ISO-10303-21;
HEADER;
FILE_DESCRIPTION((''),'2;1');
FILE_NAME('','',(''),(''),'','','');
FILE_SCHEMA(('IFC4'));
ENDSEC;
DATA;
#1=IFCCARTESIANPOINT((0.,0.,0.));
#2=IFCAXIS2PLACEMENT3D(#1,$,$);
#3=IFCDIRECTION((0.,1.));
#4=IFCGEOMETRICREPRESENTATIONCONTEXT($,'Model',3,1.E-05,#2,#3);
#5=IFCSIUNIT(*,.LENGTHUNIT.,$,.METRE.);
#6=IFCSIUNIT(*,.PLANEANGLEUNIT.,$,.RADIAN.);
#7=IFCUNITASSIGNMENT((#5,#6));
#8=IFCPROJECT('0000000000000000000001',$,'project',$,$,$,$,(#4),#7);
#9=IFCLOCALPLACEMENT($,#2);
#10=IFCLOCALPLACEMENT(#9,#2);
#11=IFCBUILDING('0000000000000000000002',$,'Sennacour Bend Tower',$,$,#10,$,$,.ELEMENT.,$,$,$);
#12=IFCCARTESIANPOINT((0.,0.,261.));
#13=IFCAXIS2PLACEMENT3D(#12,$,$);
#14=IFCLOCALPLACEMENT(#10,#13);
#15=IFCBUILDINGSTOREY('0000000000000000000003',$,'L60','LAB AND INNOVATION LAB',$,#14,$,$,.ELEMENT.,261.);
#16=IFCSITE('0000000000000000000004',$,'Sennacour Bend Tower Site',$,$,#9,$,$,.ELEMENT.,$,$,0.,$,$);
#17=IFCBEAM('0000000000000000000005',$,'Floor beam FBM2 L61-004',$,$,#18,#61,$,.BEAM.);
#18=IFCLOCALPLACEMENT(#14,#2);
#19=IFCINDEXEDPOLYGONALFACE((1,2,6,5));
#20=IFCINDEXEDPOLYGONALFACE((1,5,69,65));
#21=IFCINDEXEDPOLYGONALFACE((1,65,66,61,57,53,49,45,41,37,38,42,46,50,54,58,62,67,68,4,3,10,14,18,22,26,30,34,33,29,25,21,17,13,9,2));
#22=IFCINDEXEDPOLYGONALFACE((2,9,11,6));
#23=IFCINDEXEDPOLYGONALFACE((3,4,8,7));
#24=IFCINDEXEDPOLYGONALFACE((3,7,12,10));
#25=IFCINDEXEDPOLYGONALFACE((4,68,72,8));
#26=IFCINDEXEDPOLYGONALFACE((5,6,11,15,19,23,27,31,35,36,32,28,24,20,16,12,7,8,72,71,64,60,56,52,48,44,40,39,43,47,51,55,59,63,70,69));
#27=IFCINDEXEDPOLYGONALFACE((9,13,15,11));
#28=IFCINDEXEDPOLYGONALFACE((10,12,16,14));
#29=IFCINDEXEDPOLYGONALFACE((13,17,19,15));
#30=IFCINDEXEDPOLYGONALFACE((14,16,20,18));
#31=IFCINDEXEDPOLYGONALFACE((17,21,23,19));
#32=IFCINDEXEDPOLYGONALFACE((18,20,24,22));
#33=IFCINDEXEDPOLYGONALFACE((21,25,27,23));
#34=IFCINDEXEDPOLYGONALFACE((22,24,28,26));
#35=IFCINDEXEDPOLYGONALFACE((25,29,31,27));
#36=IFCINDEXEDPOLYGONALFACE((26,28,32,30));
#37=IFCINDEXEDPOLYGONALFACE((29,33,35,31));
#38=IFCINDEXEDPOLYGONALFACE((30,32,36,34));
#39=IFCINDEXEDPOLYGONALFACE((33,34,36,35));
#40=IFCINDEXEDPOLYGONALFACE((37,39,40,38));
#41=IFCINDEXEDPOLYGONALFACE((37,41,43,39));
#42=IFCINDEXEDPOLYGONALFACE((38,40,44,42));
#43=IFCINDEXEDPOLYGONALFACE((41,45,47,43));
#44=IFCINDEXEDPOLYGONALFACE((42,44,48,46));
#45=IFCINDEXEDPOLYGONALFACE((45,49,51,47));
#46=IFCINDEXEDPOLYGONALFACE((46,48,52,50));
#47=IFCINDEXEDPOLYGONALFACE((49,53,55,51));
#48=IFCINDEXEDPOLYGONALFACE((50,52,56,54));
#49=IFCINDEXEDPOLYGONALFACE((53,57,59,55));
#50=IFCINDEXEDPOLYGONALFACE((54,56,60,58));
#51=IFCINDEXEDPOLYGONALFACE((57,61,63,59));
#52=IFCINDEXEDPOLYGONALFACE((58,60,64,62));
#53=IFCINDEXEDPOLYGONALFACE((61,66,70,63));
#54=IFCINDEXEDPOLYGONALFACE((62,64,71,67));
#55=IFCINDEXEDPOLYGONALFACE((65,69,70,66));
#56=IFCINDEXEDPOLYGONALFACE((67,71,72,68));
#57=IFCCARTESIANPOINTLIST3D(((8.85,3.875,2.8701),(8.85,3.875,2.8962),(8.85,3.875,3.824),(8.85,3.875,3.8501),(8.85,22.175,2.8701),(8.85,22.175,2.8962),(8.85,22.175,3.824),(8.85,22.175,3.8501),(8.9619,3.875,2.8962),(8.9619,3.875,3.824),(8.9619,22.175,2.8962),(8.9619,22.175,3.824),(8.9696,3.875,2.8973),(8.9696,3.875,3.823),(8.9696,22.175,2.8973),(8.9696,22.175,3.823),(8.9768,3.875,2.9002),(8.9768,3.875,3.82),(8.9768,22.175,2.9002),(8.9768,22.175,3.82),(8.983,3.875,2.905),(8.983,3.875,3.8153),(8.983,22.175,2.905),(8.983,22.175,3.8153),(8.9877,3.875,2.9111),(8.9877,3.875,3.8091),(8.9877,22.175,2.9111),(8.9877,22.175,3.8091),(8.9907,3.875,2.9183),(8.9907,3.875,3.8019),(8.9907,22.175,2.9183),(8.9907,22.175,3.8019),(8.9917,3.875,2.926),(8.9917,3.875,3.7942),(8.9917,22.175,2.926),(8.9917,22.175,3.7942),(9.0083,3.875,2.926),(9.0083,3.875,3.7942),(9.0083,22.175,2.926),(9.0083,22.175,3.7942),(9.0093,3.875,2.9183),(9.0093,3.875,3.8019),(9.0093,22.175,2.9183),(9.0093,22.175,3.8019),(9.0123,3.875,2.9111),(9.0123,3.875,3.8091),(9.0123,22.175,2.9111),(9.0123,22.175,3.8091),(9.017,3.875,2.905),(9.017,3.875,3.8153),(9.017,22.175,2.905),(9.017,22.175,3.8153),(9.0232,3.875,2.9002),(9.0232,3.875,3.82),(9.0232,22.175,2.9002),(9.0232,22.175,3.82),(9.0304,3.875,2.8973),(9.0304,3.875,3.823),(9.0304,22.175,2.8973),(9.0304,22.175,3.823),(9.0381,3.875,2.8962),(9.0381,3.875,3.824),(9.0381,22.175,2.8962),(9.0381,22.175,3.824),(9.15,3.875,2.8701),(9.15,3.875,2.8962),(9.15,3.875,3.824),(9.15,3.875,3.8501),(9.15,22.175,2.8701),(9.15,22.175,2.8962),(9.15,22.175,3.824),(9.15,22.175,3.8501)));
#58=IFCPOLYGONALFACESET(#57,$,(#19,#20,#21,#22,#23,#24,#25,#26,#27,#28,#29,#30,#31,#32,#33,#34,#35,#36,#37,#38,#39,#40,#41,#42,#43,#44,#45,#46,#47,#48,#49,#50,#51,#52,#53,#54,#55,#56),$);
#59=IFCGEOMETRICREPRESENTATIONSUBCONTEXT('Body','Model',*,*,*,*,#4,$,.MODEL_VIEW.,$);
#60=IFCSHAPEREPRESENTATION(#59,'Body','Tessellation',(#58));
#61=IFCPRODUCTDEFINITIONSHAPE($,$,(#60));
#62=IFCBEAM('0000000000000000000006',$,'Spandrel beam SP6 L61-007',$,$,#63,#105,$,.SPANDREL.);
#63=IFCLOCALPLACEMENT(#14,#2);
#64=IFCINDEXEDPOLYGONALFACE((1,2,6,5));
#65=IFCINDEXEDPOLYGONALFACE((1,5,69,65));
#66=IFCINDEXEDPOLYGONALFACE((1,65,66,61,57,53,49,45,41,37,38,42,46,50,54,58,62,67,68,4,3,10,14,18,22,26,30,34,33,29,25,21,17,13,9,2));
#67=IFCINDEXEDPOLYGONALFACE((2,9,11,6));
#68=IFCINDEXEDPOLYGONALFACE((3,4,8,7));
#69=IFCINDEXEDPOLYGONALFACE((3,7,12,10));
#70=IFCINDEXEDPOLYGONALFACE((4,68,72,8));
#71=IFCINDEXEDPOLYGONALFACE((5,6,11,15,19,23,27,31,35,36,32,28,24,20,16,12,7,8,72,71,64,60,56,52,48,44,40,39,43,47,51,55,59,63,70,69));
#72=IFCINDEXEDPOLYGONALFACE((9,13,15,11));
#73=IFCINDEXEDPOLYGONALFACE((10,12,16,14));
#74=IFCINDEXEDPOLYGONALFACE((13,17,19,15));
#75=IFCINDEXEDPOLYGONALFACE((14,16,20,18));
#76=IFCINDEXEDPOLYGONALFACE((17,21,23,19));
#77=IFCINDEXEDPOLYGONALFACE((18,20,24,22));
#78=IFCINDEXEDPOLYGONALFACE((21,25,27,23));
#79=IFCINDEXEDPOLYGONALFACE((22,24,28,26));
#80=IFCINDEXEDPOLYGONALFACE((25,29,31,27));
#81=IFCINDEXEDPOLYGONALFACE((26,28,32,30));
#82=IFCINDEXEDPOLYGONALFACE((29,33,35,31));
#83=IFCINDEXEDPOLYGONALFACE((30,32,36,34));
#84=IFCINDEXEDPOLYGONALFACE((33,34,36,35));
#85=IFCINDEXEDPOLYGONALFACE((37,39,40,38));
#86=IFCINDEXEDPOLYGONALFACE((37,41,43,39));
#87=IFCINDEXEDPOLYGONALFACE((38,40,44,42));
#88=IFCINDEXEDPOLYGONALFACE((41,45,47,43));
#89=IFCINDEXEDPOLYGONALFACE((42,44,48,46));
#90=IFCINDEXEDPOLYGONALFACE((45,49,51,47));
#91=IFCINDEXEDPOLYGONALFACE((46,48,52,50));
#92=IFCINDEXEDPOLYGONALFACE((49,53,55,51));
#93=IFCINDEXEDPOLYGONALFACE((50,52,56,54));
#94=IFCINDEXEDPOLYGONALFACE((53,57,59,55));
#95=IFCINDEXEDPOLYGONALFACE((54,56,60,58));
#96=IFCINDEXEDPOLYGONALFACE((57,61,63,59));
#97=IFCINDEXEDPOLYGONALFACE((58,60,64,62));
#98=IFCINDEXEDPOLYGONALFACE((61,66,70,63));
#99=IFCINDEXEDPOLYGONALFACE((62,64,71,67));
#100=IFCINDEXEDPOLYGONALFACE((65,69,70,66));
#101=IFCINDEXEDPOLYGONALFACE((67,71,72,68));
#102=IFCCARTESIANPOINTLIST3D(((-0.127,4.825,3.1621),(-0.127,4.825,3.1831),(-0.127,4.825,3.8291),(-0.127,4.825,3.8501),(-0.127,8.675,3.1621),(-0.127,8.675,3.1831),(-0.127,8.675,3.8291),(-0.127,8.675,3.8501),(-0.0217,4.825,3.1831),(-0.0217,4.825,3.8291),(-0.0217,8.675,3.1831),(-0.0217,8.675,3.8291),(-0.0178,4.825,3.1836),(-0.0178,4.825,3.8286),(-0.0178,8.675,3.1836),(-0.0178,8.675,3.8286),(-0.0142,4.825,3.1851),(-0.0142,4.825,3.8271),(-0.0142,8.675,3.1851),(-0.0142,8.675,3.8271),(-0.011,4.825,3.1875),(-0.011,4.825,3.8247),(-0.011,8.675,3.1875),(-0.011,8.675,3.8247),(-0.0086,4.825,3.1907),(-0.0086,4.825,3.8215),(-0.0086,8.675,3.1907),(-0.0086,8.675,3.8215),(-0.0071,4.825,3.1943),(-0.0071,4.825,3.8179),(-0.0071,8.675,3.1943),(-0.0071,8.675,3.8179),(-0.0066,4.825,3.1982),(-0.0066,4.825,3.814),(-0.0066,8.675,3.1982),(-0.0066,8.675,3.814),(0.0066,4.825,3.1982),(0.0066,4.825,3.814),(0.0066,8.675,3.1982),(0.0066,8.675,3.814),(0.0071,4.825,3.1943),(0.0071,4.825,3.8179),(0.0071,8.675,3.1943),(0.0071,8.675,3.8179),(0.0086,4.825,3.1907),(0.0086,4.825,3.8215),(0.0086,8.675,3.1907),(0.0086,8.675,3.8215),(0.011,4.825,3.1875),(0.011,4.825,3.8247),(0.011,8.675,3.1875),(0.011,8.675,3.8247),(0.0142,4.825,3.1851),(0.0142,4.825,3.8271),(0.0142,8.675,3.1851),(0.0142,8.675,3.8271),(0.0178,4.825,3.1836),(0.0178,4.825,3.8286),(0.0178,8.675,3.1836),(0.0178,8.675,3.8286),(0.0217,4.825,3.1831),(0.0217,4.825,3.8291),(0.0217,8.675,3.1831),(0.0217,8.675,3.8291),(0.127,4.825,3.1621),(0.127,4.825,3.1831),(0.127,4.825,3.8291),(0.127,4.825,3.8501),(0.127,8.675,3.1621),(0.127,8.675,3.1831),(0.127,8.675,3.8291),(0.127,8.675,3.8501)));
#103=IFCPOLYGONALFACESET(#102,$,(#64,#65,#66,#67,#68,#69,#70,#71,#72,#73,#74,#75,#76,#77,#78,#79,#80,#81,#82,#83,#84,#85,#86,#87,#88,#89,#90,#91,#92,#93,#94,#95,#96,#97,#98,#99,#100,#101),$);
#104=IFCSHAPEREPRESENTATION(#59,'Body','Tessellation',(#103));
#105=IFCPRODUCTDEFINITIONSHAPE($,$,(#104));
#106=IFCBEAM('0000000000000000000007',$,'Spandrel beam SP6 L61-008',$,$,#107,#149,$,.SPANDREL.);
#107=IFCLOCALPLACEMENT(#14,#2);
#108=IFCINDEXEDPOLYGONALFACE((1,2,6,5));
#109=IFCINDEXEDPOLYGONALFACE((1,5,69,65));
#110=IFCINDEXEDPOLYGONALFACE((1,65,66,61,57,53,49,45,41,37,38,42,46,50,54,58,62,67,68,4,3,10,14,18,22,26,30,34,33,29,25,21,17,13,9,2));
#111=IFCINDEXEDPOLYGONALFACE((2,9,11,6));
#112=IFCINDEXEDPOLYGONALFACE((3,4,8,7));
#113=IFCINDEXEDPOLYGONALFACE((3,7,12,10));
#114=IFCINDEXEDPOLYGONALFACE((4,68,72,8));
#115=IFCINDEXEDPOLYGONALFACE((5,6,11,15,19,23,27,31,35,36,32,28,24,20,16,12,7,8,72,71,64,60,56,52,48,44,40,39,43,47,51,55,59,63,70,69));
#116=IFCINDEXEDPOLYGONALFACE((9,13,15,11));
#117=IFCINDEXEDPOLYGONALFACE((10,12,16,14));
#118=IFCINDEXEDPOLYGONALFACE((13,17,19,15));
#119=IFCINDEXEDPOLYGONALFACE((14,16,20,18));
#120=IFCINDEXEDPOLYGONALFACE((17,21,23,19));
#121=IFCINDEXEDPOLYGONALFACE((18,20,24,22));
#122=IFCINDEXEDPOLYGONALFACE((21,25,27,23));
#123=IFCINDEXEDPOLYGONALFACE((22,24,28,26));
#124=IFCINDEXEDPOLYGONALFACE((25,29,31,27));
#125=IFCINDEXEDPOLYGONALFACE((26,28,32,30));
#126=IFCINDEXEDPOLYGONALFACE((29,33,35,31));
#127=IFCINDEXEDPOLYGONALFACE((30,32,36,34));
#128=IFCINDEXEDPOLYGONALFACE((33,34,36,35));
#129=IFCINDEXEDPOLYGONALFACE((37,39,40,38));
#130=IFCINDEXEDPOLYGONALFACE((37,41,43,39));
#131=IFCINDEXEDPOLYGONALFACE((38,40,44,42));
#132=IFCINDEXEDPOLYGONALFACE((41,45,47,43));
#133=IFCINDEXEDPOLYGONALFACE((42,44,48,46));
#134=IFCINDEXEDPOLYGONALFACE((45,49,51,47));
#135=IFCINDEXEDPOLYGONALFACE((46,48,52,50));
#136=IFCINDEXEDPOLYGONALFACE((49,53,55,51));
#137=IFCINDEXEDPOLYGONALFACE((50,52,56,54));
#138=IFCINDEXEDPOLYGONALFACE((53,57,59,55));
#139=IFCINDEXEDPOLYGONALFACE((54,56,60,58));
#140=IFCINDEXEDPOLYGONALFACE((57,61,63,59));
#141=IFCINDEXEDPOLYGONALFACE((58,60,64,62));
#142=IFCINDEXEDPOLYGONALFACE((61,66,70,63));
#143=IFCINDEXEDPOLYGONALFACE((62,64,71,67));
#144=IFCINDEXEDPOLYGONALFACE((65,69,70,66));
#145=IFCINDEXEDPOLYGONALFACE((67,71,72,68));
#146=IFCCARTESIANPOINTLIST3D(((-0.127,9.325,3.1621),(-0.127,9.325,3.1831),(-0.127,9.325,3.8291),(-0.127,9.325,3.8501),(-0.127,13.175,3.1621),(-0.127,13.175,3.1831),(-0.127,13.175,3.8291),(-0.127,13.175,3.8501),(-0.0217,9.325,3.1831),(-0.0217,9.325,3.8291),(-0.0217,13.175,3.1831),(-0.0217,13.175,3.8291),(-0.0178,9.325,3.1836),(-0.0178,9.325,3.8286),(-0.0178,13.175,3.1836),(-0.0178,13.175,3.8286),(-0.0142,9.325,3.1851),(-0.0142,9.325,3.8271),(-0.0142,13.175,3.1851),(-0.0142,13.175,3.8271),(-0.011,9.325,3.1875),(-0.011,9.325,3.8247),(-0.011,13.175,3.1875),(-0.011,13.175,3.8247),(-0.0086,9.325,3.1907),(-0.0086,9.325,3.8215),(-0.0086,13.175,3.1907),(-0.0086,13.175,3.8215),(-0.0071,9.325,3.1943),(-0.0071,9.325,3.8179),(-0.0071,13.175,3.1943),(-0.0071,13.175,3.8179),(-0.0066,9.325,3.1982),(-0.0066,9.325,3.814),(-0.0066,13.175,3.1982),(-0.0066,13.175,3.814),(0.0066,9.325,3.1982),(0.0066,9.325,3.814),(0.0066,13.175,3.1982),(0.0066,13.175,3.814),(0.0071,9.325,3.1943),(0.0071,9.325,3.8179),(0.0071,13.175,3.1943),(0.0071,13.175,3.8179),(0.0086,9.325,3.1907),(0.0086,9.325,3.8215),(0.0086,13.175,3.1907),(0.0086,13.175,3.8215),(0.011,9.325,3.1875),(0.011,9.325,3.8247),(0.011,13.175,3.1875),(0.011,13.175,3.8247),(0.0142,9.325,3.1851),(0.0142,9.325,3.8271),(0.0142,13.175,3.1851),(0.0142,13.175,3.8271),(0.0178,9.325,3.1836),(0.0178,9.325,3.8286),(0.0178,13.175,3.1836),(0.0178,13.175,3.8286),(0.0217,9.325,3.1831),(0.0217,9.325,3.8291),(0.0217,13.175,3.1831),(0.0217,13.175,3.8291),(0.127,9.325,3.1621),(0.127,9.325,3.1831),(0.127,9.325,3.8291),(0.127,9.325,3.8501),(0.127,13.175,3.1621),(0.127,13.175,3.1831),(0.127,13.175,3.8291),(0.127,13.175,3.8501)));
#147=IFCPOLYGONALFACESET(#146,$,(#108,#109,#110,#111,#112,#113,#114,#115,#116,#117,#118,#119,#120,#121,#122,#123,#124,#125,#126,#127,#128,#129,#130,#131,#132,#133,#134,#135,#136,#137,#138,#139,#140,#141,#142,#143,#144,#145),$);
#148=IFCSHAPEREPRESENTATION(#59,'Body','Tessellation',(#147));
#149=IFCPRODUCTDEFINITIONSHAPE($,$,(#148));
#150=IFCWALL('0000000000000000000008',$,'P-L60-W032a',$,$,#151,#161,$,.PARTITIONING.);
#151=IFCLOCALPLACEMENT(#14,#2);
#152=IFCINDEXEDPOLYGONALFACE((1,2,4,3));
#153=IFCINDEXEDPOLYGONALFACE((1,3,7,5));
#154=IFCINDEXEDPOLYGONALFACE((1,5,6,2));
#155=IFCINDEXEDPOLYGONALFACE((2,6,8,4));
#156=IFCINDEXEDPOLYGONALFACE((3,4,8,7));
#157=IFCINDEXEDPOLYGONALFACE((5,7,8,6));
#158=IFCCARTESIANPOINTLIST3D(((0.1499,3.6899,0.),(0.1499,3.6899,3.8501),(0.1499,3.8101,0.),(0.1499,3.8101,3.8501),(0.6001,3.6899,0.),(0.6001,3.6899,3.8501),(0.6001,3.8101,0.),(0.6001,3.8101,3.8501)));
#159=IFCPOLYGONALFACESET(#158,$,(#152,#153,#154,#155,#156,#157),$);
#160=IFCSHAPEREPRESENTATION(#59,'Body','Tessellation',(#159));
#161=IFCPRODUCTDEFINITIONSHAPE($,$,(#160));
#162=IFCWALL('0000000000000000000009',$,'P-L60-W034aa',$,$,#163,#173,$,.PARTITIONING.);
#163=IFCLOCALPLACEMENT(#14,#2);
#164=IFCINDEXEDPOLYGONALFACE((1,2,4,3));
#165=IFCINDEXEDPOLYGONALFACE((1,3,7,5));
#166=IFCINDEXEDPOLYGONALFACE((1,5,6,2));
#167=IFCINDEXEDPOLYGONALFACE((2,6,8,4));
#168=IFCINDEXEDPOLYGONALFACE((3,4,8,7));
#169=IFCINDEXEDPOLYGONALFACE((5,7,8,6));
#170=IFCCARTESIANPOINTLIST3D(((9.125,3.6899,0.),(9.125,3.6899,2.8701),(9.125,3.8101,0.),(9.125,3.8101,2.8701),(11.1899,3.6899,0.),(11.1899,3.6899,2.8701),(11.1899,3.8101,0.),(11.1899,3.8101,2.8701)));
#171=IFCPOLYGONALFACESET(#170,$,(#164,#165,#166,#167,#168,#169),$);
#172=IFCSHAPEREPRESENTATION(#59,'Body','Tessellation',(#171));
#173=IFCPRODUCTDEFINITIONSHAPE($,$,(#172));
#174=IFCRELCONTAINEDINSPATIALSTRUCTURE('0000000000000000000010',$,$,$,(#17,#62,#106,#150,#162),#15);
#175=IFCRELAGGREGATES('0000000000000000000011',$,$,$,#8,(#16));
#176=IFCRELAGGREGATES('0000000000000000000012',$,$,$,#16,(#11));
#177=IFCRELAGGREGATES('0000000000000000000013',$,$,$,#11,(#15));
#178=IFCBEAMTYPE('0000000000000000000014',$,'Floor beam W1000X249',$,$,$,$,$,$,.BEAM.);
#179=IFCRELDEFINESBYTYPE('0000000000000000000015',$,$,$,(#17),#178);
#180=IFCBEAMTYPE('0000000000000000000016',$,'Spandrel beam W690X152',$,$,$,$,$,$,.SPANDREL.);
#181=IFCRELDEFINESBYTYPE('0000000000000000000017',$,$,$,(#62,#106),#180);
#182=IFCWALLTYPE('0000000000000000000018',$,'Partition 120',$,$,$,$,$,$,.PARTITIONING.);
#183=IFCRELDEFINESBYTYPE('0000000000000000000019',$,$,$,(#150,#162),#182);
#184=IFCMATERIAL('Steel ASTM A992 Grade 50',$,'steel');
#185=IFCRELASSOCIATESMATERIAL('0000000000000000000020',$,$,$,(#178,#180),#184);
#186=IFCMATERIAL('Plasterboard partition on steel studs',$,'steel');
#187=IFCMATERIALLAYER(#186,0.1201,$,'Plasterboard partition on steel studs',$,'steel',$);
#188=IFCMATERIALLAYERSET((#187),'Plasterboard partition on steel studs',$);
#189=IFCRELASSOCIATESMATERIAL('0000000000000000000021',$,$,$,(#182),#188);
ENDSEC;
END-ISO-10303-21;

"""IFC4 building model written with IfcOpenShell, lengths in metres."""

from ifc_helpers import new_model, si_unit, direction, frame, frame_2d, origin, origin_2d, place, context, subcontext, project, spatial, rectangle, i_section, extrude, material, layer, layer_set, material_profile, profile_set, type_object, element, save


model = new_model("IFC4")

# Units and contexts
model_context = context("Model", 3, precision=1e-05, world=origin(), true_north=direction((0.0, 1.0)))
body_context = subcontext(model_context, "Body", "Model", "MODEL_VIEW")
ifc_project = project(units=[si_unit("LENGTHUNIT", "METRE"), si_unit("PLANEANGLEUNIT", "RADIAN")], contexts=[model_context])

# Site, building, storey
site_placement = place(None, origin())
site = spatial("IfcSite", under=ifc_project, at=site_placement, Name="Sennacour Bend Tower Site", CompositionType="ELEMENT", RefElevation=0.0)
building_placement = place(site_placement, origin())
building = spatial("IfcBuilding", under=site, at=building_placement, Name="Sennacour Bend Tower", CompositionType="ELEMENT")
storey_placement = place(building_placement, frame((0.0, 0.0, 261.0)))
storey = spatial("IfcBuildingStorey", under=building, at=storey_placement, Name="L60", Description="LAB AND INNOVATION LAB", CompositionType="ELEMENT", Elevation=261.0)

# Beams
ifc_material_1 = material(Name="Steel ASTM A992 Grade 50", Category="steel")
ifc_material_profile_1 = material_profile(ifc_material_1, i_section(OverallWidth=0.3, OverallDepth=0.98, WebThickness=0.0166, FlangeThickness=0.0261, FilletRadius=0.0298, at=origin_2d()), Name="Steel ASTM A992 Grade 50", Category="steel")
ifc_profile_set_1 = profile_set([ifc_material_profile_1], Name="Steel ASTM A992 Grade 50")
beam_type_1 = type_object("IfcBeamType", Name="Floor beam W1000X249", PredefinedType="BEAM", material=ifc_profile_set_1)
beam_1_placement = place(storey_placement, frame((9.0, 3.875, 3.3601), z_axis=(0.0, 1.0, 0.0), x_axis=(-1.0, 0.0, 0.0)))
element("IfcBeam", 1, at=beam_1_placement, inside=storey, type_object=beam_type_1, Name="Floor beam FBM2 L61-004", PredefinedType="BEAM", context=body_context, shape_type="SweptSolid", body=[
    extrude(i_section(OverallWidth=0.3, OverallDepth=0.98, WebThickness=0.0166, FlangeThickness=0.0261, FilletRadius=0.0298, at=origin_2d()), origin(), (0.0, 0.0, 1.0), 18.3),
])
ifc_material_profile_2 = material_profile(ifc_material_1, i_section(OverallWidth=0.2539, OverallDepth=0.688, WebThickness=0.0132, FlangeThickness=0.021, FilletRadius=0.0151, at=origin_2d()), Name="Steel ASTM A992 Grade 50", Category="steel")
ifc_profile_set_2 = profile_set([ifc_material_profile_2], Name="Steel ASTM A992 Grade 50")
beam_type_2 = type_object("IfcBeamType", Name="Spandrel beam W690X152", PredefinedType="SPANDREL", material=ifc_profile_set_2)
for number, where, z_axis, x_axis, name in (
    (2, (0.0, 4.825, 3.5061), (0.0, 1.0, 0.0), (-1.0, 0.0, 0.0), "Spandrel beam SP6 L61-007"),
    (3, (0.0, 9.325, 3.5061), (0.0, 1.0, 0.0), (-1.0, 0.0, 0.0), "Spandrel beam SP6 L61-008"),
):
    element("IfcBeam", number, at=place(storey_placement, frame(where, z_axis=z_axis, x_axis=x_axis)), inside=storey, type_object=beam_type_2, Name=name, PredefinedType="SPANDREL", context=body_context, shape_type="SweptSolid", body=[
        extrude(i_section(OverallWidth=0.2539, OverallDepth=0.688, WebThickness=0.0132, FlangeThickness=0.021, FilletRadius=0.0151, at=origin_2d()), origin(), (0.0, 0.0, 1.0), 3.8501),
    ])

# Walls
ifc_material_2 = material(Name="Plasterboard partition on steel studs", Category="steel")
ifc_layer_1 = layer(ifc_material_2, 0.1201, Name="Plasterboard partition on steel studs", Category="steel")
ifc_layer_set_1 = layer_set([ifc_layer_1], Name="Plasterboard partition on steel studs")
wall_type_1 = type_object("IfcWallType", Name="Partition 120", PredefinedType="PARTITIONING", material=ifc_layer_set_1)
wall_1_placement = place(storey_placement, frame((0.1499, 3.75, 0.0), z_axis=(0.0, 0.0, 1.0), x_axis=(1.0, 0.0, 0.0)))
element("IfcWall", 4, at=wall_1_placement, inside=storey, type_object=wall_type_1, Name="P-L60-W032a", PredefinedType="PARTITIONING", context=body_context, shape_type="SweptSolid", body=[
    extrude(rectangle(XDim=0.4502, YDim=0.1201, at=frame_2d((0.2251, 0.0))), origin(), (0.0, 0.0, 1.0), 3.8501),
])
wall_2_placement = place(storey_placement, frame((9.125, 3.75, 0.0), z_axis=(0.0, 0.0, 1.0), x_axis=(1.0, 0.0, 0.0)))
element("IfcWall", 5, at=wall_2_placement, inside=storey, type_object=wall_type_1, Name="P-L60-W034aa", PredefinedType="PARTITIONING", context=body_context, shape_type="SweptSolid", body=[
    extrude(rectangle(XDim=2.0649, YDim=0.1201, at=frame_2d((1.0325, 0.0))), origin(), (0.0, 0.0, 1.0), 2.8701),
])

save(model, "model.ifc")
